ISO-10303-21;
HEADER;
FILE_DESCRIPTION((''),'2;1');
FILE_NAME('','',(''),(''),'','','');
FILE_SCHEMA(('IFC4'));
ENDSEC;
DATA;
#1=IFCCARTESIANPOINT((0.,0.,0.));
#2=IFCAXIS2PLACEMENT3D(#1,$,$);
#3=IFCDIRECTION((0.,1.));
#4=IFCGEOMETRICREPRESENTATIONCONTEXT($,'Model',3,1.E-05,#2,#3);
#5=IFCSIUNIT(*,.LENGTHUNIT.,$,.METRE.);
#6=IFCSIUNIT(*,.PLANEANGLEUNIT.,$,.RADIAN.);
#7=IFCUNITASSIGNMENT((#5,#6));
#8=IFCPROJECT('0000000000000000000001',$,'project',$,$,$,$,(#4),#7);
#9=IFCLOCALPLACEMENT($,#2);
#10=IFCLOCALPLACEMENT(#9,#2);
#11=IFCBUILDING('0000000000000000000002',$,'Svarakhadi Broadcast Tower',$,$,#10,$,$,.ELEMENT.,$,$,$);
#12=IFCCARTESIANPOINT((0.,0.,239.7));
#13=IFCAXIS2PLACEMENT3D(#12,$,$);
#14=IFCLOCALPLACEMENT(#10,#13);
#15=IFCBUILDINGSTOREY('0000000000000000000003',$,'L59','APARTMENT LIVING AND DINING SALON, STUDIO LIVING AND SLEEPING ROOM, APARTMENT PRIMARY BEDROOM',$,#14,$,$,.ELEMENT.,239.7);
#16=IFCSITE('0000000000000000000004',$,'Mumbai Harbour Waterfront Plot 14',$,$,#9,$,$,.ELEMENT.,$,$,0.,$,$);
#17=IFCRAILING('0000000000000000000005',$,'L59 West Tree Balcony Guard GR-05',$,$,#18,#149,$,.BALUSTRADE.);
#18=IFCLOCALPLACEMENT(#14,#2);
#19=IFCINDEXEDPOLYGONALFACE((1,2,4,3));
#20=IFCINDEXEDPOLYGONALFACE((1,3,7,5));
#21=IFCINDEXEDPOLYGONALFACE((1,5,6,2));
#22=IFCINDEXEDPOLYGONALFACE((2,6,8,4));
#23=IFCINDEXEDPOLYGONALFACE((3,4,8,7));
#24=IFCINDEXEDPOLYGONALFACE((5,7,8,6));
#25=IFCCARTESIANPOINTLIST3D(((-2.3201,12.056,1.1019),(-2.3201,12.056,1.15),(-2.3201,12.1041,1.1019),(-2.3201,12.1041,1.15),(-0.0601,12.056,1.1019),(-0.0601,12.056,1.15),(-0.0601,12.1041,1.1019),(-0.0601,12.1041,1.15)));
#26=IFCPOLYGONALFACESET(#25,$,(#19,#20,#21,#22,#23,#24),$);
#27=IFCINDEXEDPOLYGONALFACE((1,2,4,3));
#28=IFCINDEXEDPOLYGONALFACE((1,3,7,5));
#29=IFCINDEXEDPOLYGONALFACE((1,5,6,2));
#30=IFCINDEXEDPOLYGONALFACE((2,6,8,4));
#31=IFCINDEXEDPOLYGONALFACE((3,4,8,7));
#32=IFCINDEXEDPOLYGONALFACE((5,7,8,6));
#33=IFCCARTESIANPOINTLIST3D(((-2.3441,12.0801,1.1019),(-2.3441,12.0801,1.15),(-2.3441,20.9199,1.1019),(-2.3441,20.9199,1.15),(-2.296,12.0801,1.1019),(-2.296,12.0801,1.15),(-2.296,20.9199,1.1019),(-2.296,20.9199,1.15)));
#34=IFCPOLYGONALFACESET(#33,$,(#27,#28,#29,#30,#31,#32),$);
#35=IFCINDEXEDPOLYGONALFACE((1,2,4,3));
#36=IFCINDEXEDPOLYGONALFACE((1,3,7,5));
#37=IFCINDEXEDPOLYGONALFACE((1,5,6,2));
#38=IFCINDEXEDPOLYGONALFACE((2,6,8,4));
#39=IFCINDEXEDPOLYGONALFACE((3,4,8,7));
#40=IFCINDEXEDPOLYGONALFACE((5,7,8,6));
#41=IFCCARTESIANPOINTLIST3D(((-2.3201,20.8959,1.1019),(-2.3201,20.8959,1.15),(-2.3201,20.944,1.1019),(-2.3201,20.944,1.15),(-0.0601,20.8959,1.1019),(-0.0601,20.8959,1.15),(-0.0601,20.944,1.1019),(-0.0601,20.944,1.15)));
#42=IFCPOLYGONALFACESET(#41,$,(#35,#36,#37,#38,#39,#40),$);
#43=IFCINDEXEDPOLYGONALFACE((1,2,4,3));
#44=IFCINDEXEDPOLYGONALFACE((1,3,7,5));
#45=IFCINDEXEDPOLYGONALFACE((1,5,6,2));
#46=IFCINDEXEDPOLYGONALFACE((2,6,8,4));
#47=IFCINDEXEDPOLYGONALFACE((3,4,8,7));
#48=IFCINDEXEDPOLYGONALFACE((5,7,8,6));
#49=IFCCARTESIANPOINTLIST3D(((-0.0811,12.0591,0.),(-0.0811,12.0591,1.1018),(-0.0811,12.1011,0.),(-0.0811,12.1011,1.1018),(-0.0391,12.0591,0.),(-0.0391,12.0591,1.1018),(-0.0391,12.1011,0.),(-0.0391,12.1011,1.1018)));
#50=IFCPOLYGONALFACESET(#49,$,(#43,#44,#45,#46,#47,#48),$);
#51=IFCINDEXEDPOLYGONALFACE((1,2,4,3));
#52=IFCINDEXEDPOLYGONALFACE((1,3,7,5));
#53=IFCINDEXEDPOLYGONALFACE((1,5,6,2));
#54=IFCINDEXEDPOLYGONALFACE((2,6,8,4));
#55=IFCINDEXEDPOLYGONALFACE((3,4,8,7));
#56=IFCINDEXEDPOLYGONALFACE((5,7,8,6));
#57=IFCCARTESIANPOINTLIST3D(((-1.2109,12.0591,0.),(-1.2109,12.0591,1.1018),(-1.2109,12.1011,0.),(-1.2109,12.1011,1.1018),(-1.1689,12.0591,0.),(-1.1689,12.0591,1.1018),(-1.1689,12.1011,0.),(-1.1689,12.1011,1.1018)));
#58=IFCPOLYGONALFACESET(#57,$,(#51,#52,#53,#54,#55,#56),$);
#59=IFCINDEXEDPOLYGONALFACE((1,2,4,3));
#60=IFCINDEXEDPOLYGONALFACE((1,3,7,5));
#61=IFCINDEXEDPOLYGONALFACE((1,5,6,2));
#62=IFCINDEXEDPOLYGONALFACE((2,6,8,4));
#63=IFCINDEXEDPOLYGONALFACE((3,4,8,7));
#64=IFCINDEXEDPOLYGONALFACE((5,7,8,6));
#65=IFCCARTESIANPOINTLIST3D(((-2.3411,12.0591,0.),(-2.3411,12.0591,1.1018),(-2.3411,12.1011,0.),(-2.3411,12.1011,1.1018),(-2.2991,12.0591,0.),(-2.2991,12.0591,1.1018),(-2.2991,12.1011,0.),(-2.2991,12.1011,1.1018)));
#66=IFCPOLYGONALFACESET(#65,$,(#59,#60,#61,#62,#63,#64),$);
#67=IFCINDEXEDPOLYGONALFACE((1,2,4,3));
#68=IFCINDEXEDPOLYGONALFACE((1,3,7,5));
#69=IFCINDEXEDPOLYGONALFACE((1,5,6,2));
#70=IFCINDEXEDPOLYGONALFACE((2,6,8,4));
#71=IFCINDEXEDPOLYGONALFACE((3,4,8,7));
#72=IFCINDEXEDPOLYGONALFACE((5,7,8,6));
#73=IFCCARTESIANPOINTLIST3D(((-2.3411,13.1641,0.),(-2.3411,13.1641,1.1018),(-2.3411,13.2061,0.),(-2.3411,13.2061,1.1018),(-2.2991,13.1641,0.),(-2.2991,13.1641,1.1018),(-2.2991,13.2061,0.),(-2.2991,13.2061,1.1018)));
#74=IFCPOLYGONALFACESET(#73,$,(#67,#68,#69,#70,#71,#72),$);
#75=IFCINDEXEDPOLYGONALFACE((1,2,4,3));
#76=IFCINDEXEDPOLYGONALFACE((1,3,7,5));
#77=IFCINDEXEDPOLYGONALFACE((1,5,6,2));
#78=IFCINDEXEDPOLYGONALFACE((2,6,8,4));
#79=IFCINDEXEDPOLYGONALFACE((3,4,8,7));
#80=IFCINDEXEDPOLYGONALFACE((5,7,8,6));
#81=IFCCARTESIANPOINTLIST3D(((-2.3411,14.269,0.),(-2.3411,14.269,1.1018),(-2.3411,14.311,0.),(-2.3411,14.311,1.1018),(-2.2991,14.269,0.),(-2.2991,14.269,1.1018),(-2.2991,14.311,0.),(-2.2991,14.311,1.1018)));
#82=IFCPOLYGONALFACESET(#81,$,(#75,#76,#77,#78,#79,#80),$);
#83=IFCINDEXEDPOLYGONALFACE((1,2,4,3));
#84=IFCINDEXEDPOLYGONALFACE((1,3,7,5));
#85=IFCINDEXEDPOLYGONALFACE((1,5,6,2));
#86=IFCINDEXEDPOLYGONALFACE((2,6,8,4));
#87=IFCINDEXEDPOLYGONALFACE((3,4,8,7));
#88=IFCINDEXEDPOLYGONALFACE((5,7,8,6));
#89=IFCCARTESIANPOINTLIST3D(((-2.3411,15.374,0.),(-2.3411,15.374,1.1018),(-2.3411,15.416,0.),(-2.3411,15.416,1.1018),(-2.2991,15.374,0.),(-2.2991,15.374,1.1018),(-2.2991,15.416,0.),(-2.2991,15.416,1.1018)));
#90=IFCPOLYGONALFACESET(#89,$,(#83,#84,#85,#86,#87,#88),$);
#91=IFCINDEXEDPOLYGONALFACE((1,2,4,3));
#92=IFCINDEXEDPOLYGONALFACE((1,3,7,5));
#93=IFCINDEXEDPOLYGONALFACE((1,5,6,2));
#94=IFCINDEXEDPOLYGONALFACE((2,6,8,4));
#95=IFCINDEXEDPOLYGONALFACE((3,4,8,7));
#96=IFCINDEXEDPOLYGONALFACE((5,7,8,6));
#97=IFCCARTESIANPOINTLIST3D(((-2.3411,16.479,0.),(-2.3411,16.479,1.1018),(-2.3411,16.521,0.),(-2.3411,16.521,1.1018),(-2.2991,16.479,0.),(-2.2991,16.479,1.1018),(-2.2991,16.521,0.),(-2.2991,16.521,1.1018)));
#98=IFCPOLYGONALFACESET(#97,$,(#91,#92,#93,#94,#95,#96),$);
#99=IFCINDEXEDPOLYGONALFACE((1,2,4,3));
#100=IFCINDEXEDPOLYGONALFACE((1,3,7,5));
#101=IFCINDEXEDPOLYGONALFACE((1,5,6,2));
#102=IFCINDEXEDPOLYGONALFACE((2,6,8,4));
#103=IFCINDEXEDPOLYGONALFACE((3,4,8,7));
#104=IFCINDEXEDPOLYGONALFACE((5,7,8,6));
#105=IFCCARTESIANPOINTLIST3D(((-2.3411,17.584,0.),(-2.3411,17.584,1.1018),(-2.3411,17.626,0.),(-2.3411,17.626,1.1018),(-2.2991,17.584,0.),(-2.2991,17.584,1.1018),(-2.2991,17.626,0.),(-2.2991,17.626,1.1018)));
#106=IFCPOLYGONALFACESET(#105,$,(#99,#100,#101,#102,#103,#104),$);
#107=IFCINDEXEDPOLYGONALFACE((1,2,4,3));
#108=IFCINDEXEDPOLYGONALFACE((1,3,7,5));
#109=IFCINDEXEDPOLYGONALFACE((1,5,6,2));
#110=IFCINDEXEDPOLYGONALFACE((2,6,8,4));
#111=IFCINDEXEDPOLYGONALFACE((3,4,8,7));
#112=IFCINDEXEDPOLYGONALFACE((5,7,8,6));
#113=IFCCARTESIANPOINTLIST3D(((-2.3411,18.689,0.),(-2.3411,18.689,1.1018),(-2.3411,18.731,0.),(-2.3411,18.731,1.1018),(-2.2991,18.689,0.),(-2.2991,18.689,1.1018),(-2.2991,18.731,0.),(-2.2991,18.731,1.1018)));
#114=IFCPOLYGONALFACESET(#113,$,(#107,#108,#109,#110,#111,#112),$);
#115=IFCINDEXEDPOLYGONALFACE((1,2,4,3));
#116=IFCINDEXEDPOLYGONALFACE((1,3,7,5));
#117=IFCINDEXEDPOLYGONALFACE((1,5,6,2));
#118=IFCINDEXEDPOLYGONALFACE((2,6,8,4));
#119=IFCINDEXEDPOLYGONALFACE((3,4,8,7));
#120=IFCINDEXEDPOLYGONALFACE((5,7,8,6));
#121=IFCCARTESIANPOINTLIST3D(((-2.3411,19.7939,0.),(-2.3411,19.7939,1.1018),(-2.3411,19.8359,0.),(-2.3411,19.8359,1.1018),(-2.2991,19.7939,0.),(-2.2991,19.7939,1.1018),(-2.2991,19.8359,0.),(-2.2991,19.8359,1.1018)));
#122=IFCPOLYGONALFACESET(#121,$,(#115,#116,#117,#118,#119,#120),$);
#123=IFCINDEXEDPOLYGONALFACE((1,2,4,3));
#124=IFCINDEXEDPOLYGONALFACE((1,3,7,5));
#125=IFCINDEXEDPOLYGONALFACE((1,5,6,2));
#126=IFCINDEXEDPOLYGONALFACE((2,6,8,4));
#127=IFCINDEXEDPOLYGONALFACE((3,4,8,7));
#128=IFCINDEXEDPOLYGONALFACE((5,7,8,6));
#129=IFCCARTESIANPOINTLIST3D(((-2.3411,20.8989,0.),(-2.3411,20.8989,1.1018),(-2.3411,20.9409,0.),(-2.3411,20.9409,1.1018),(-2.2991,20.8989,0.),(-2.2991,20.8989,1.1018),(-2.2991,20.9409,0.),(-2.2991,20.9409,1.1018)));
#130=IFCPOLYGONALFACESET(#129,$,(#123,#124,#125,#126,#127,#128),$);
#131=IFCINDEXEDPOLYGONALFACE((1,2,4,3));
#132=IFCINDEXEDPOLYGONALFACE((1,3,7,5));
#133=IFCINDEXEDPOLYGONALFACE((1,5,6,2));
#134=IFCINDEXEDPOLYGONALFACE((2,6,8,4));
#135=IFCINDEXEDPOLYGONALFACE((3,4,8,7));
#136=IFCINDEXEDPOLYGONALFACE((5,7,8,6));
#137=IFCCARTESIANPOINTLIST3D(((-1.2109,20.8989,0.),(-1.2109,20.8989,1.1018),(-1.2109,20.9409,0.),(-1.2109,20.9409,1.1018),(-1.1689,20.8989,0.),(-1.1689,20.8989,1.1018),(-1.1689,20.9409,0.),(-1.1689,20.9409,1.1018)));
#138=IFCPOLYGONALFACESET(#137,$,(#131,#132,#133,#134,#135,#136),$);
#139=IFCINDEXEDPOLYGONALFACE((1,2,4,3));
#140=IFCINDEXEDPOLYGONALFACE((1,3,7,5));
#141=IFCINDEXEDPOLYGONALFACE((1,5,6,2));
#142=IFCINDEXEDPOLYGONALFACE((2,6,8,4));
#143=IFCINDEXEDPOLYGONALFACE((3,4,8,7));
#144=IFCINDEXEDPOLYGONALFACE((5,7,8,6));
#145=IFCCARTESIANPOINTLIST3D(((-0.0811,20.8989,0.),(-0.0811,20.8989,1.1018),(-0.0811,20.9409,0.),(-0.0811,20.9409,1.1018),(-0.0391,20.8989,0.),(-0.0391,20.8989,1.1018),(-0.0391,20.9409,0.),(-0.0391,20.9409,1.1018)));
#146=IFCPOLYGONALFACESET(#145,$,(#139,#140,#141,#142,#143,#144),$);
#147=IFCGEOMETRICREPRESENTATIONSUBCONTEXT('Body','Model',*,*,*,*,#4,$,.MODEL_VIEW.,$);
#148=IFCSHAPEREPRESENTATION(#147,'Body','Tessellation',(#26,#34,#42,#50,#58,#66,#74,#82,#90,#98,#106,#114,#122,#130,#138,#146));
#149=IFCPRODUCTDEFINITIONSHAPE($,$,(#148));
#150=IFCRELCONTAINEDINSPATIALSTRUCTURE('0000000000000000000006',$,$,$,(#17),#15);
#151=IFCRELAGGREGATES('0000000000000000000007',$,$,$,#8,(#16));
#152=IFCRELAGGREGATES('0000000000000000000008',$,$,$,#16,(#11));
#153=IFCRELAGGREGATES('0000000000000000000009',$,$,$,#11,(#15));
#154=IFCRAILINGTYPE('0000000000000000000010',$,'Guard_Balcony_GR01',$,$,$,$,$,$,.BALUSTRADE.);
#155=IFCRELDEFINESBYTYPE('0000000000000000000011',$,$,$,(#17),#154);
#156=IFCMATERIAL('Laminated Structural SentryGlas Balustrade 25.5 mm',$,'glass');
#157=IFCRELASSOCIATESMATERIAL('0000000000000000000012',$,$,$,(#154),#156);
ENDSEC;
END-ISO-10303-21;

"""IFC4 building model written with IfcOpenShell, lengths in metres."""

from ifc_helpers import new_model, si_unit, direction, frame, origin, origin_2d, place, context, subcontext, project, spatial, rectangle, extrude, material, type_object, element, save


model = new_model("IFC4")

# Units and contexts
model_context = context("Model", 3, precision=1e-05, world=origin(), true_north=direction((0.0, 1.0)))
body_context = subcontext(model_context, "Body", "Model", "MODEL_VIEW")
ifc_project = project(units=[si_unit("LENGTHUNIT", "METRE"), si_unit("PLANEANGLEUNIT", "RADIAN")], contexts=[model_context])

# Site, building, storey
site_placement = place(None, origin())
site = spatial("IfcSite", under=ifc_project, at=site_placement, Name="Mumbai Harbour Waterfront Plot 14", CompositionType="ELEMENT", RefElevation=0.0)
building_placement = place(site_placement, origin())
building = spatial("IfcBuilding", under=site, at=building_placement, Name="Svarakhadi Broadcast Tower", CompositionType="ELEMENT")
storey_placement = place(building_placement, frame((0.0, 0.0, 239.7)))
storey = spatial("IfcBuildingStorey", under=building, at=storey_placement, Name="L59", Description="APARTMENT LIVING AND DINING SALON, STUDIO LIVING AND SLEEPING ROOM, APARTMENT PRIMARY BEDROOM", CompositionType="ELEMENT", Elevation=239.7)

# Railing
ifc_material_1 = material(Name="Laminated Structural SentryGlas Balustrade 25.5 mm", Category="glass")
railing_type = type_object("IfcRailingType", Name="Guard_Balcony_GR01", PredefinedType="BALUSTRADE", material=ifc_material_1)
railing_placement = place(storey_placement, frame((-0.0601, 12.0801, 0.0)))
element("IfcRailing", 1, at=railing_placement, inside=storey, type_object=railing_type, Name="L59 West Tree Balcony Guard GR-05", PredefinedType="BALUSTRADE", context=body_context, shape_type="SweptSolid", body=[
    extrude(rectangle(XDim=0.0481, YDim=0.0481, at=origin_2d()), frame((0.0, 0.0, 1.126), z_axis=(-1.0, 0.0, 0.0), x_axis=(0.0, -1.0, 0.0)), (0.0, 0.0, 1.0), 2.26),
    extrude(rectangle(XDim=0.0481, YDim=0.0481, at=origin_2d()), frame((-2.26, 0.0, 1.126), z_axis=(0.0, 1.0, 0.0), x_axis=(-1.0, 0.0, 0.0)), (0.0, 0.0, 1.0), 8.8398),
    extrude(rectangle(XDim=0.0481, YDim=0.0481, at=origin_2d()), frame((-2.26, 8.8398, 1.126), z_axis=(1.0, 0.0, 0.0), x_axis=(0.0, 1.0, 0.0)), (0.0, 0.0, 1.0), 2.26),
    extrude(rectangle(XDim=0.042, YDim=0.042, at=origin_2d()), origin(), (0.0, 0.0, 1.0), 1.1018),
    extrude(rectangle(XDim=0.042, YDim=0.042, at=origin_2d()), frame((-1.1299, 0.0, 0.0)), (0.0, 0.0, 1.0), 1.1018),
    extrude(rectangle(XDim=0.042, YDim=0.042, at=origin_2d()), frame((-2.26, 0.0, 0.0)), (0.0, 0.0, 1.0), 1.1018),
    extrude(rectangle(XDim=0.042, YDim=0.042, at=origin_2d()), frame((-2.26, 1.105, 0.0)), (0.0, 0.0, 1.0), 1.1018),
    extrude(rectangle(XDim=0.042, YDim=0.042, at=origin_2d()), frame((-2.26, 2.21, 0.0)), (0.0, 0.0, 1.0), 1.1018),
    extrude(rectangle(XDim=0.042, YDim=0.042, at=origin_2d()), frame((-2.26, 3.3149, 0.0)), (0.0, 0.0, 1.0), 1.1018),
    extrude(rectangle(XDim=0.042, YDim=0.042, at=origin_2d()), frame((-2.26, 4.4199, 0.0)), (0.0, 0.0, 1.0), 1.1018),
    extrude(rectangle(XDim=0.042, YDim=0.042, at=origin_2d()), frame((-2.26, 5.5249, 0.0)), (0.0, 0.0, 1.0), 1.1018),
    extrude(rectangle(XDim=0.042, YDim=0.042, at=origin_2d()), frame((-2.26, 6.6299, 0.0)), (0.0, 0.0, 1.0), 1.1018),
    extrude(rectangle(XDim=0.042, YDim=0.042, at=origin_2d()), frame((-2.26, 7.7349, 0.0)), (0.0, 0.0, 1.0), 1.1018),
    extrude(rectangle(XDim=0.042, YDim=0.042, at=origin_2d()), frame((-2.26, 8.8398, 0.0)), (0.0, 0.0, 1.0), 1.1018),
    extrude(rectangle(XDim=0.042, YDim=0.042, at=origin_2d()), frame((-1.1299, 8.8398, 0.0)), (0.0, 0.0, 1.0), 1.1018),
    extrude(rectangle(XDim=0.042, YDim=0.042, at=origin_2d()), frame((0.0, 8.8398, 0.0)), (0.0, 0.0, 1.0), 1.1018),
])

save(model, "model.ifc")
